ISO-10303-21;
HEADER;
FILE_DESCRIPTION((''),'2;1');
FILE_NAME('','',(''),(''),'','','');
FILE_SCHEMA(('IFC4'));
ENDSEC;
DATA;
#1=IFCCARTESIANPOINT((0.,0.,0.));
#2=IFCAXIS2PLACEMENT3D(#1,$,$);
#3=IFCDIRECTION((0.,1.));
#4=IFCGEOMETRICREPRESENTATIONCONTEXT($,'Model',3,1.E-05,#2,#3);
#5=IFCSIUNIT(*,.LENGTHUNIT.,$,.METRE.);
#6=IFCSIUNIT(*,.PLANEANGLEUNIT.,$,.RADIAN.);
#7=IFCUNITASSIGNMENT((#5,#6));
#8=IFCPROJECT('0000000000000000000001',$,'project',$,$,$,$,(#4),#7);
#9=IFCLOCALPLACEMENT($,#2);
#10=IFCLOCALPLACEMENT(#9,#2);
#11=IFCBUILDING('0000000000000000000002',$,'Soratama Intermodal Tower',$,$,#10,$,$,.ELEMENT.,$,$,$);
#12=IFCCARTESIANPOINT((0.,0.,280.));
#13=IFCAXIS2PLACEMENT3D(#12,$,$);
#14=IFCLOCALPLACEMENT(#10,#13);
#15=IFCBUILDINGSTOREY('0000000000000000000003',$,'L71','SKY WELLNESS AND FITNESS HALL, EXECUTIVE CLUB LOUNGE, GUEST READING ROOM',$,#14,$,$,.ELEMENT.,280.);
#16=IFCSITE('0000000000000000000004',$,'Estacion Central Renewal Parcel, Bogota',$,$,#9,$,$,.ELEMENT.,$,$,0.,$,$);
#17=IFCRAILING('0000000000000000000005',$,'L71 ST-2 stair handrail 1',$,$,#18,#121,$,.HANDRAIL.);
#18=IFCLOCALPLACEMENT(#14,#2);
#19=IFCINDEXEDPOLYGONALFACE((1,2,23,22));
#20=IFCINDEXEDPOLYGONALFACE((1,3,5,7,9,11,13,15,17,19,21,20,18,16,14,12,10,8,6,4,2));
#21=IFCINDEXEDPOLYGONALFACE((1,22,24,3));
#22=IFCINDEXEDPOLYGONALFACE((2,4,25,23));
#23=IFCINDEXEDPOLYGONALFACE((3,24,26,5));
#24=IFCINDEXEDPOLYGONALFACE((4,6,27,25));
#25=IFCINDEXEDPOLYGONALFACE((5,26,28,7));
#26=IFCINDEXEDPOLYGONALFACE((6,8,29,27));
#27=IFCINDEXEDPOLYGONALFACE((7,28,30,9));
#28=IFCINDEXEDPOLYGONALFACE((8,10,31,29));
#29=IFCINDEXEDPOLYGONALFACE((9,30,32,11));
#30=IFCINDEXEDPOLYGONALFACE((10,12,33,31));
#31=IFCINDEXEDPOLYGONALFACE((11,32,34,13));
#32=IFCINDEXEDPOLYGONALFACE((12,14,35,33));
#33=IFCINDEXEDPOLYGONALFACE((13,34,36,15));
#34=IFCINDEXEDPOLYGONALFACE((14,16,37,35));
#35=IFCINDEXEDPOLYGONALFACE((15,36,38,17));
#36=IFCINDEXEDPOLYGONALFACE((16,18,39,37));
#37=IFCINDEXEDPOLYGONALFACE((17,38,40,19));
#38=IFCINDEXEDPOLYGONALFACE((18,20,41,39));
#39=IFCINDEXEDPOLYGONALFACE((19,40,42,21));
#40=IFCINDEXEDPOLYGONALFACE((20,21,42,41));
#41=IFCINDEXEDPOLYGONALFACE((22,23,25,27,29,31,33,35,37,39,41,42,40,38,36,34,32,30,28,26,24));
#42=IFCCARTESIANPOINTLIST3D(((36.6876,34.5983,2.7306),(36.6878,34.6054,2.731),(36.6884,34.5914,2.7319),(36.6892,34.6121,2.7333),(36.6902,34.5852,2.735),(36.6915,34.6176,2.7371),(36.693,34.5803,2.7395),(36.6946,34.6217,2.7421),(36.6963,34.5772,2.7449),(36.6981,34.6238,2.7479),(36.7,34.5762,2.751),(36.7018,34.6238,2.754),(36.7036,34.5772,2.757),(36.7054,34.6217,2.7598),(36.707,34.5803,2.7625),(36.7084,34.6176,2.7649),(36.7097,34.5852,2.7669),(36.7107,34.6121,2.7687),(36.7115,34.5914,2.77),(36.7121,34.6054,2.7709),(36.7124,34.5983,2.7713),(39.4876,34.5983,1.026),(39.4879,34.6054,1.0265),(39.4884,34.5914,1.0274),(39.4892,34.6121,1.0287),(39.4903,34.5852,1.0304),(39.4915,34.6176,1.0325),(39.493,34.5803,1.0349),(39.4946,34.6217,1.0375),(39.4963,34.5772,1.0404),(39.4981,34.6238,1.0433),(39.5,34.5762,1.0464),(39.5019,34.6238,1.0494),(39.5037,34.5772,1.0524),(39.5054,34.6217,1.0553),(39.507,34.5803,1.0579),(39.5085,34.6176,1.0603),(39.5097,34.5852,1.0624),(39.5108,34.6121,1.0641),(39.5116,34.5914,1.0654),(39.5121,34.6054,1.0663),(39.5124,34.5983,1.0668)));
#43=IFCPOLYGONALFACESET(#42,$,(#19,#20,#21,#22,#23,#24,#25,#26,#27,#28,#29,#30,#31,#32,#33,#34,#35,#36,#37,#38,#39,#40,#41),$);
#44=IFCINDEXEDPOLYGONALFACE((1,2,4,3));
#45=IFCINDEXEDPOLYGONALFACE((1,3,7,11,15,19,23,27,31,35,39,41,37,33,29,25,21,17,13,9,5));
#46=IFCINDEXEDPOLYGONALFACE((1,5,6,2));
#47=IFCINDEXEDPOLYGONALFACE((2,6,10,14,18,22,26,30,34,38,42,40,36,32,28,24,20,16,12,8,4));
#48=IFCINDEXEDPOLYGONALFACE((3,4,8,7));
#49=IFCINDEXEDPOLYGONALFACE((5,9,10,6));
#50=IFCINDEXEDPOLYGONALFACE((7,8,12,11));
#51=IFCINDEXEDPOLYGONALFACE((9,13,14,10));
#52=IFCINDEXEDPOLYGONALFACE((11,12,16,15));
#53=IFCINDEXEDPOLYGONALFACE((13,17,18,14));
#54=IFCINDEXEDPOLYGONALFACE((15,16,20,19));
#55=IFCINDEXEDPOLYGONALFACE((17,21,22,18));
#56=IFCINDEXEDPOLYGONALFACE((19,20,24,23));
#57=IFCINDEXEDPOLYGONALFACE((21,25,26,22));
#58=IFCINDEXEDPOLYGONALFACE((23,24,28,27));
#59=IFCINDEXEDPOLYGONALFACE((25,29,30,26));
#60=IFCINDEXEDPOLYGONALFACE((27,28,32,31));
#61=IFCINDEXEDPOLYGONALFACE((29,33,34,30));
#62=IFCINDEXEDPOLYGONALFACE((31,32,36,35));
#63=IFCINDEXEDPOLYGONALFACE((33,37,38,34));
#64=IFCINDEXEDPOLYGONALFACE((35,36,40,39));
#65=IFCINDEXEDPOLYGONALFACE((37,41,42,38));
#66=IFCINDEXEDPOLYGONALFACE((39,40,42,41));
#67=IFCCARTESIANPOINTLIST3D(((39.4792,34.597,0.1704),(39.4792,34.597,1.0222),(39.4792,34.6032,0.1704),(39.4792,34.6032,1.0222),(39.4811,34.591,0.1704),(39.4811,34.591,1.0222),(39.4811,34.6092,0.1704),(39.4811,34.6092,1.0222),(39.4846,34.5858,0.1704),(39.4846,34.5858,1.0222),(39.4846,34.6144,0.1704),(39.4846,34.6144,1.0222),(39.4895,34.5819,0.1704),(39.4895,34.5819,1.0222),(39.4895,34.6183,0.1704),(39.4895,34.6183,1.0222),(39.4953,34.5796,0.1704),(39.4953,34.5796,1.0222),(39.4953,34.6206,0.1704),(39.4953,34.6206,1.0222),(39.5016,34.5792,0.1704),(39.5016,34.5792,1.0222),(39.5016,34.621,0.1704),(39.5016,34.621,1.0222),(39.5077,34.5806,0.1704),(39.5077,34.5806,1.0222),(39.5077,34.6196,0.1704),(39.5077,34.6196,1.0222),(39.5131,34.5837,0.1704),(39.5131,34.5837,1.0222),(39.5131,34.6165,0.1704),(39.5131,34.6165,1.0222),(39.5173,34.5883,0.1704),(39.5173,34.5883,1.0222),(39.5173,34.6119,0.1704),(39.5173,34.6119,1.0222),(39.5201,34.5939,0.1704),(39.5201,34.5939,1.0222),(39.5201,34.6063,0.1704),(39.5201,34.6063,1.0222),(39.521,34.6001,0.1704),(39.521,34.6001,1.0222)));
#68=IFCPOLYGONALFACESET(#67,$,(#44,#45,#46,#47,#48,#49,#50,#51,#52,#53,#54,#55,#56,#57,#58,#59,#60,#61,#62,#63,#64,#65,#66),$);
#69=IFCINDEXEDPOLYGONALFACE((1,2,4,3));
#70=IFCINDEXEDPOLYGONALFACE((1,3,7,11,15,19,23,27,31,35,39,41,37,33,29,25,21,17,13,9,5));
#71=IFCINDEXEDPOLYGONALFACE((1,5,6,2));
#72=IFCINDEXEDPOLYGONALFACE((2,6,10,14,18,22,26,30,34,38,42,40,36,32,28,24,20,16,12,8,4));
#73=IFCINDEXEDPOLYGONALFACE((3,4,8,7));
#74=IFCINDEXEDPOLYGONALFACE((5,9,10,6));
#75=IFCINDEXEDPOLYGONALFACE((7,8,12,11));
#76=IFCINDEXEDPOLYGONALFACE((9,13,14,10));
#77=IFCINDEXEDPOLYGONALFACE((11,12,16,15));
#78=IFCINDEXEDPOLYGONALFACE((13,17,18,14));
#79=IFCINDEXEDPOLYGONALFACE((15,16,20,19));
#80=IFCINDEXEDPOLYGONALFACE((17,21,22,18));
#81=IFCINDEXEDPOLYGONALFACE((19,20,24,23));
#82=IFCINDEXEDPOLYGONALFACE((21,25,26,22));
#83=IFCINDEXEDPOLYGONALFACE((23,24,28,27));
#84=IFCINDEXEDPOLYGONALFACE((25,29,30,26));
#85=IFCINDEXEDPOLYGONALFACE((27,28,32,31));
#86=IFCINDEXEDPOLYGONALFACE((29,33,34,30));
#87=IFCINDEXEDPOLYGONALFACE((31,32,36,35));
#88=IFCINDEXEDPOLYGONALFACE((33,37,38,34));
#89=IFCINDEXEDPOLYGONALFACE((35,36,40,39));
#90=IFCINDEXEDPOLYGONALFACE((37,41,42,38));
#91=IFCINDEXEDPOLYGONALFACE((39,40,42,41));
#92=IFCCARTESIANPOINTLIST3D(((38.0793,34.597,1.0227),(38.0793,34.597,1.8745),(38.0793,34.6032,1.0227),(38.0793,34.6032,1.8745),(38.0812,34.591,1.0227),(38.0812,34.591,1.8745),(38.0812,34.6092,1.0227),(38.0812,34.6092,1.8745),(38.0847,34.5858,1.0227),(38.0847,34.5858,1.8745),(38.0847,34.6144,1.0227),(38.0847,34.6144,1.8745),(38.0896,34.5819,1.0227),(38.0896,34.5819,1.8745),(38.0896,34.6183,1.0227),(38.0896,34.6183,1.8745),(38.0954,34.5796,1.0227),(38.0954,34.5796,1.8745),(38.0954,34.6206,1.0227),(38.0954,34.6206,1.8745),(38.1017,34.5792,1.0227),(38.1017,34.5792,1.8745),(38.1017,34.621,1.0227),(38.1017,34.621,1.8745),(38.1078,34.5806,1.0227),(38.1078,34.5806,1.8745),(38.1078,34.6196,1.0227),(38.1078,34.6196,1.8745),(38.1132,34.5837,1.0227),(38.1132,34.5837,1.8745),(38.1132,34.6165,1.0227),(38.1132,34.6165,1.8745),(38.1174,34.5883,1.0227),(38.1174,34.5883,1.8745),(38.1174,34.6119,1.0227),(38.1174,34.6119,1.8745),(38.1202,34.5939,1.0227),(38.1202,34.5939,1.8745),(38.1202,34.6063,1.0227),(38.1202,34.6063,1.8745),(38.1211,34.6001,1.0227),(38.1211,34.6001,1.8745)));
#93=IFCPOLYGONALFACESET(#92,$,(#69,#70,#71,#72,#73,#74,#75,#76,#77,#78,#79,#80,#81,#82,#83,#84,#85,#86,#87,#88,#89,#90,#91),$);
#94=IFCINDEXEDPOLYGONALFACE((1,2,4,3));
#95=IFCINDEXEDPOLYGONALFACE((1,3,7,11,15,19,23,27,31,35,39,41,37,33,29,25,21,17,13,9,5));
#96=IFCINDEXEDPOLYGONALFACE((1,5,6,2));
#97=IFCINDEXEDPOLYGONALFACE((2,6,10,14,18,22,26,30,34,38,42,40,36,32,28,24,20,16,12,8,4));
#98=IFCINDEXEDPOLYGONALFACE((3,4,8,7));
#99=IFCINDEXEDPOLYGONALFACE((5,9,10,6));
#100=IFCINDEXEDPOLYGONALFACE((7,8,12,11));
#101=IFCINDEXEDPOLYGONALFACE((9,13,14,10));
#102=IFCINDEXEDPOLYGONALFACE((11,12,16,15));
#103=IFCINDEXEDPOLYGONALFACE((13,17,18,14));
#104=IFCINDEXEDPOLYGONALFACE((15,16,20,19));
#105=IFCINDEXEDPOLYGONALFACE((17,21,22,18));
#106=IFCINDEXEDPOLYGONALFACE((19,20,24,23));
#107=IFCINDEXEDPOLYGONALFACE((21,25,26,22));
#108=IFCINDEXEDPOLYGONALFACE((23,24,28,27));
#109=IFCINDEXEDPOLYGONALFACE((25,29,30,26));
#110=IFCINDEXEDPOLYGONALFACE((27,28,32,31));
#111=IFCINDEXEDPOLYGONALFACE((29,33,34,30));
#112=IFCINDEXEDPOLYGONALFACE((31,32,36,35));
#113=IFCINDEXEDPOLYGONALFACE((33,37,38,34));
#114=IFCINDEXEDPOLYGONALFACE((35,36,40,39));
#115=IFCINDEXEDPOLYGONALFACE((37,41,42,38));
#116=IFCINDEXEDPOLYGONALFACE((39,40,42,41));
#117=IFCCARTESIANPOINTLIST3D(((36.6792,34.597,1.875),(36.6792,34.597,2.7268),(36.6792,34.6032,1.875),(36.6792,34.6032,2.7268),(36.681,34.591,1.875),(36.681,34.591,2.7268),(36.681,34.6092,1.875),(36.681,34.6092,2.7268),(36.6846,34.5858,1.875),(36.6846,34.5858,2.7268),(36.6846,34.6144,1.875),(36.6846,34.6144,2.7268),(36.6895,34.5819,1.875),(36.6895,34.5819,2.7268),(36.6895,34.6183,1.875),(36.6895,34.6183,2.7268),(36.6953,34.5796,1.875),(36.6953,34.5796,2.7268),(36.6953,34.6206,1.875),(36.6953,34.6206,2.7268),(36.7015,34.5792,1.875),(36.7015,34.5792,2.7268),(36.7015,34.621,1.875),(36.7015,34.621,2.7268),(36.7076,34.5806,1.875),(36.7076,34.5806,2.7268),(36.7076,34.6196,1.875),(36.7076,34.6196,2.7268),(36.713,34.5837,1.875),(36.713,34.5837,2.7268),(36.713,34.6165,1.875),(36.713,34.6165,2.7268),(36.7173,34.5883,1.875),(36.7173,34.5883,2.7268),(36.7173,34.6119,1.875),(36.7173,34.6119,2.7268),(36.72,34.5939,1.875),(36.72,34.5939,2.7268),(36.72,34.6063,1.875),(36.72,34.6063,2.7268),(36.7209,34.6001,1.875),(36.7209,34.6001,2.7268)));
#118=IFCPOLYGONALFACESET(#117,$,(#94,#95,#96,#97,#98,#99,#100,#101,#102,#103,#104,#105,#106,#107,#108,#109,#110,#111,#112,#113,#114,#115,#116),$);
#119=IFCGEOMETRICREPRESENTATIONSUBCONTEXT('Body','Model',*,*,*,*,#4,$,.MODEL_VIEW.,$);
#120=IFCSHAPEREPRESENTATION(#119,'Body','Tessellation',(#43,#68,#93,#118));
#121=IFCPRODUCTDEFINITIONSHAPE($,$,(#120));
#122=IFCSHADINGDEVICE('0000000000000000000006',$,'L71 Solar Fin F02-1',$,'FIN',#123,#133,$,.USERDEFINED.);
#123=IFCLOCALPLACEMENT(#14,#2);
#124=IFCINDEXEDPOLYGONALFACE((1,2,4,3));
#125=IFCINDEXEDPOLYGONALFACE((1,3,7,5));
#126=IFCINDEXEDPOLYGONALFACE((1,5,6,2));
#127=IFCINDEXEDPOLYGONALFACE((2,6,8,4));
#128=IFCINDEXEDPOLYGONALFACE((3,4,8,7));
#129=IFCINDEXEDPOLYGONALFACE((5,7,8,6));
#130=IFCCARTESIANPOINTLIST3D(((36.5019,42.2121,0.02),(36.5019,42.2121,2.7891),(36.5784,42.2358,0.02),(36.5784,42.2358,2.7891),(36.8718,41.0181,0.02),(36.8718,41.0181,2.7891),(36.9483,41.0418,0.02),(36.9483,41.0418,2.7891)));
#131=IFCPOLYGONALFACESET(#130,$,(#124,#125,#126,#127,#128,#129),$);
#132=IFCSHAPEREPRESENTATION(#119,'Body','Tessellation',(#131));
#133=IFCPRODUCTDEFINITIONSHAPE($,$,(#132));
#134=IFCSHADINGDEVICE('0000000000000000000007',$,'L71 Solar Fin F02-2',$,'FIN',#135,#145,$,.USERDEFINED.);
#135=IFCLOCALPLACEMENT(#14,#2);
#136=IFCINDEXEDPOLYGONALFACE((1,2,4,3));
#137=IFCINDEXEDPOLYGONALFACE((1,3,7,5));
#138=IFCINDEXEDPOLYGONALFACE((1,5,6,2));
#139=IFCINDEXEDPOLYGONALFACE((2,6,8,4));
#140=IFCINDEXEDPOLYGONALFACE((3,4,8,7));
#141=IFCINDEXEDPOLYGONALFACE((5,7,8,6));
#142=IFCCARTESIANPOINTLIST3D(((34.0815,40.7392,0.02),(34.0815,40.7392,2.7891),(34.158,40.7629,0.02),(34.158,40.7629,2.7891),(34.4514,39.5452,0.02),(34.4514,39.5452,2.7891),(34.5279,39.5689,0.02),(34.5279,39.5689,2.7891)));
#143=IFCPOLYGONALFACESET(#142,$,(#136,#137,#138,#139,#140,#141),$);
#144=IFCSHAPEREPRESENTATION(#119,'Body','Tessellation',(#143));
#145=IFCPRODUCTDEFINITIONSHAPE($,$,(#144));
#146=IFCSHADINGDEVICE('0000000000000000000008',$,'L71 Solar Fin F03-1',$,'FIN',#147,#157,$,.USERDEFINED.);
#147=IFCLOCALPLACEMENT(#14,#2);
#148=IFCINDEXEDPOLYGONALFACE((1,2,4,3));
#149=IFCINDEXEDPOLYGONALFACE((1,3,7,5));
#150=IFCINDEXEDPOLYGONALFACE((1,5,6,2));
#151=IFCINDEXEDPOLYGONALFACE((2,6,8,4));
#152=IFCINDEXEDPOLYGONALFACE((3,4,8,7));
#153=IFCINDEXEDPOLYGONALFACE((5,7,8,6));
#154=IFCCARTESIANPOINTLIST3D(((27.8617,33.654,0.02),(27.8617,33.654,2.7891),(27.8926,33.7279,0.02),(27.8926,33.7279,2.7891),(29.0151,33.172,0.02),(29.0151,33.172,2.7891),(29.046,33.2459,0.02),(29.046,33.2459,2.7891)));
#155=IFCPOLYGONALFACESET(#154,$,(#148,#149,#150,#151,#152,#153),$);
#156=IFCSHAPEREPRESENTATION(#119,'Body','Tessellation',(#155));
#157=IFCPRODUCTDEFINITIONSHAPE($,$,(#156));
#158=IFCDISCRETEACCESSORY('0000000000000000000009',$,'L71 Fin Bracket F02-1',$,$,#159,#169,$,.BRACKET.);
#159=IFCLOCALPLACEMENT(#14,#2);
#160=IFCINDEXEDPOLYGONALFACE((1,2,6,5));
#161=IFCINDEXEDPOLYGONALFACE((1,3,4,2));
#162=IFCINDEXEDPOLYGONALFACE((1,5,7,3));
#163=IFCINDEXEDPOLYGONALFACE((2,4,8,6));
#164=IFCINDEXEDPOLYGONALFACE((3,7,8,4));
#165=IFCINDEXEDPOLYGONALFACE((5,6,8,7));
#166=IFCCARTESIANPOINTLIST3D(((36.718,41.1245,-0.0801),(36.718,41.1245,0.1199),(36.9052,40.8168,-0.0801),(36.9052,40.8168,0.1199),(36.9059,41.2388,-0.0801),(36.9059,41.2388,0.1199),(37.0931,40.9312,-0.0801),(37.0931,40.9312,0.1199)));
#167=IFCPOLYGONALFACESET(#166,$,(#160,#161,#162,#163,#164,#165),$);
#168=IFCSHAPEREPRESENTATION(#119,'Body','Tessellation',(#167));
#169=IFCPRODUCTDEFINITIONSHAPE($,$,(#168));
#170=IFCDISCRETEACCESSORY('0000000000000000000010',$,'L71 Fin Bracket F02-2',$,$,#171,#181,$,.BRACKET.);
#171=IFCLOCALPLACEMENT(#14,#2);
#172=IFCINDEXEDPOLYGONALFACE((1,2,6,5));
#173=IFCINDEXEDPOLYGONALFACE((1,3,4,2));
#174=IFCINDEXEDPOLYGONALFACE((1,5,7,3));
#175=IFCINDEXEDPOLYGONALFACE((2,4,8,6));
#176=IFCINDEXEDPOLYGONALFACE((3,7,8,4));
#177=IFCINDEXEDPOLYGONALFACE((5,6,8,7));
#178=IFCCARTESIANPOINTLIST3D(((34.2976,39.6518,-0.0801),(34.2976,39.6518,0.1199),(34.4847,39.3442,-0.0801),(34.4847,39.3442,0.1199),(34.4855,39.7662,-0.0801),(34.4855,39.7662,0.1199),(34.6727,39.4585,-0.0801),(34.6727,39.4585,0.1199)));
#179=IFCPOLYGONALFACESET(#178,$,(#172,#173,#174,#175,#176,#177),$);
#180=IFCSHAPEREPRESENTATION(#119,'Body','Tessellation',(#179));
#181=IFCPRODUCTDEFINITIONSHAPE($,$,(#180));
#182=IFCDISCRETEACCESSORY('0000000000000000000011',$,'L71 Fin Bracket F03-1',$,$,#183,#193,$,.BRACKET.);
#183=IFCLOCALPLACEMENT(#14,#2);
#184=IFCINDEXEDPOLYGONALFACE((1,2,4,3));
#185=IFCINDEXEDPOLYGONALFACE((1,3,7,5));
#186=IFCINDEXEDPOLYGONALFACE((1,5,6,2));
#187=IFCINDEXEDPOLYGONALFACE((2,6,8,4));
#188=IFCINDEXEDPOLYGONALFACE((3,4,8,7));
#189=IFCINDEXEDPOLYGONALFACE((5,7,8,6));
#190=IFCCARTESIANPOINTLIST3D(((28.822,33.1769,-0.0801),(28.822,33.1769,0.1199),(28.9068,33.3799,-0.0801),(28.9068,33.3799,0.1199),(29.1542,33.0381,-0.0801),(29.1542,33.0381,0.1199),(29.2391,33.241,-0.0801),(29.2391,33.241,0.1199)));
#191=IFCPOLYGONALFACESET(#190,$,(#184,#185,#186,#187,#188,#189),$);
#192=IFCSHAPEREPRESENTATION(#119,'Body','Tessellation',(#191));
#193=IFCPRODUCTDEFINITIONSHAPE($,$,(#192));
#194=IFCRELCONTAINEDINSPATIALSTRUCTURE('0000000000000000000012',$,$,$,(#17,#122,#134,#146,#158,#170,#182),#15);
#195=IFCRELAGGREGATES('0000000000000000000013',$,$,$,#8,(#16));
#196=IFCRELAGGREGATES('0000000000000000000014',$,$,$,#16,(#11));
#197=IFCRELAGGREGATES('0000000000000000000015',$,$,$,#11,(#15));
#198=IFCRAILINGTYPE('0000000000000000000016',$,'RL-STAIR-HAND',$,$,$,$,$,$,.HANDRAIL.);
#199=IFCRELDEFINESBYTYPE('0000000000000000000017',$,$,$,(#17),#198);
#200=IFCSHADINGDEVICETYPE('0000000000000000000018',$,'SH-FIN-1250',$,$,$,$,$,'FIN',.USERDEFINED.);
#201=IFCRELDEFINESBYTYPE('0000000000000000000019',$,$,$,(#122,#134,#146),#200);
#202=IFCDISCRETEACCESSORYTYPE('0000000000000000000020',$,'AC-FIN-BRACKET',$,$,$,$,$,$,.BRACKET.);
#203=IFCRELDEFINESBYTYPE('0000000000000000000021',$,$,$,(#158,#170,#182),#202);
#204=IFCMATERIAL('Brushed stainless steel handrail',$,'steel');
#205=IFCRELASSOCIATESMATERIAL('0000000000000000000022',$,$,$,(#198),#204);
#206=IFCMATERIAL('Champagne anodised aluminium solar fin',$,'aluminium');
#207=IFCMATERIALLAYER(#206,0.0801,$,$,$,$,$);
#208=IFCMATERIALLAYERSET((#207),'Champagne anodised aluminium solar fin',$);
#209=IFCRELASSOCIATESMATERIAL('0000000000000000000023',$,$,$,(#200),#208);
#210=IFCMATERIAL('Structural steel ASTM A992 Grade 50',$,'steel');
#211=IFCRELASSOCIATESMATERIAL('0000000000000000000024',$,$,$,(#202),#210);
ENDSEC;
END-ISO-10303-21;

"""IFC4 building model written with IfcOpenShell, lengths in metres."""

from ifc_helpers import new_model, si_unit, direction, frame, origin, origin_2d, place, context, subcontext, project, spatial, rectangle, circle, extrude, material, layer, layer_set, type_object, element, save


model = new_model("IFC4")

# Units and contexts
model_context = context("Model", 3, precision=1e-05, world=origin(), true_north=direction((0.0, 1.0)))
body_context = subcontext(model_context, "Body", "Model", "MODEL_VIEW")
ifc_project = project(units=[si_unit("LENGTHUNIT", "METRE"), si_unit("PLANEANGLEUNIT", "RADIAN")], contexts=[model_context])

# Site, building, storey
site_placement = place(None, origin())
site = spatial("IfcSite", under=ifc_project, at=site_placement, Name="Estacion Central Renewal Parcel, Bogota", CompositionType="ELEMENT", RefElevation=0.0)
building_placement = place(site_placement, origin())
building = spatial("IfcBuilding", under=site, at=building_placement, Name="Soratama Intermodal Tower", CompositionType="ELEMENT")
storey_placement = place(building_placement, frame((0.0, 0.0, 280.0)))
storey = spatial("IfcBuildingStorey", under=building, at=storey_placement, Name="L71", Description="SKY WELLNESS AND FITNESS HALL, EXECUTIVE CLUB LOUNGE, GUEST READING ROOM", CompositionType="ELEMENT", Elevation=280.0)

# Railing
ifc_material_1 = material(Name="Brushed stainless steel handrail", Category="steel")
railing_type_1 = type_object("IfcRailingType", Name="RL-STAIR-HAND", PredefinedType="HANDRAIL", material=ifc_material_1)
railing_1_placement = place(storey_placement, frame((39.5, 34.6001, 0.1704)))
element("IfcRailing", 1, at=railing_1_placement, inside=storey, type_object=railing_type_1, Name="L71 ST-2 stair handrail 1", PredefinedType="HANDRAIL", context=body_context, shape_type="SweptSolid", body=[
    extrude(circle(Radius=0.0239, at=origin_2d()), frame((0.0, 0.0, 0.876), z_axis=(-0.85417, 0.0, 0.519994), x_axis=(0.0, -1.0, 0.0)), (0.0, 0.0, 1.0), 3.2781),
    extrude(circle(Radius=0.021, at=origin_2d()), origin(), (0.0, 0.0, 1.0), 0.8518),
    extrude(circle(Radius=0.021, at=origin_2d()), frame((-1.3999, 0.0, 0.8523)), (0.0, 0.0, 1.0), 0.8518),
    extrude(circle(Radius=0.021, at=origin_2d()), frame((-2.8, 0.0, 1.7046)), (0.0, 0.0, 1.0), 0.8518),
])

# Shading devices
ifc_material_2 = material(Name="Champagne anodised aluminium solar fin", Category="aluminium")
ifc_layer_1 = layer(ifc_material_2, 0.0801)
ifc_layer_set_1 = layer_set([ifc_layer_1], Name="Champagne anodised aluminium solar fin")
shading_device_type = type_object("IfcShadingDeviceType", Name="SH-FIN-1250", ElementType="FIN", PredefinedType="USERDEFINED", material=ifc_layer_set_1)
for number, where, z_axis, x_axis, name in (
    (2, (36.7251, 41.627, 0.02), (0.0, 0.0, 1.0), (-0.295875, 0.955227, 0.0), "L71 Solar Fin F02-1"),
    (3, (34.3047, 40.1541, 0.02), (0.0, 0.0, 1.0), (-0.295875, 0.955227, 0.0), "L71 Solar Fin F02-2"),
    (4, (28.4539, 33.45, 0.02), (0.0, 0.0, 1.0), (-0.922673, 0.385584, 0.0), "L71 Solar Fin F03-1"),
):
    element("IfcShadingDevice", number, at=place(storey_placement, frame(where, z_axis=z_axis, x_axis=x_axis)), inside=storey, type_object=shading_device_type, Name=name, ObjectType="FIN", PredefinedType="USERDEFINED", context=body_context, shape_type="SweptSolid", body=[
        extrude(rectangle(XDim=1.25, YDim=0.0801, at=origin_2d()), origin(), (0.0, 0.0, 1.0), 2.769),
    ])

# Discrete accessories
ifc_material_3 = material(Name="Structural steel ASTM A992 Grade 50", Category="steel")
discrete_accessory_type = type_object("IfcDiscreteAccessoryType", Name="AC-FIN-BRACKET", PredefinedType="BRACKET", material=ifc_material_3)
for number, where, z_axis, x_axis, name in (
    (5, (36.9055, 41.0278, -0.0801), (0.0, 0.0, 1.0), (-0.519817, 0.854277, 0.0), "L71 Fin Bracket F02-1"),
    (6, (34.4851, 39.5552, -0.0801), (0.0, 0.0, 1.0), (-0.519817, 0.854277, 0.0), "L71 Fin Bracket F02-2"),
    (7, (29.0305, 33.209, -0.0801), (0.0, 0.0, 1.0), (-0.922673, 0.385584, 0.0), "L71 Fin Bracket F03-1"),
):
    element("IfcDiscreteAccessory", number, at=place(storey_placement, frame(where, z_axis=z_axis, x_axis=x_axis)), inside=storey, type_object=discrete_accessory_type, Name=name, PredefinedType="BRACKET", context=body_context, shape_type="SweptSolid", body=[
        extrude(rectangle(XDim=0.3601, YDim=0.22, at=origin_2d()), origin(), (0.0, 0.0, 1.0), 0.2),
    ])

save(model, "model.ifc")
